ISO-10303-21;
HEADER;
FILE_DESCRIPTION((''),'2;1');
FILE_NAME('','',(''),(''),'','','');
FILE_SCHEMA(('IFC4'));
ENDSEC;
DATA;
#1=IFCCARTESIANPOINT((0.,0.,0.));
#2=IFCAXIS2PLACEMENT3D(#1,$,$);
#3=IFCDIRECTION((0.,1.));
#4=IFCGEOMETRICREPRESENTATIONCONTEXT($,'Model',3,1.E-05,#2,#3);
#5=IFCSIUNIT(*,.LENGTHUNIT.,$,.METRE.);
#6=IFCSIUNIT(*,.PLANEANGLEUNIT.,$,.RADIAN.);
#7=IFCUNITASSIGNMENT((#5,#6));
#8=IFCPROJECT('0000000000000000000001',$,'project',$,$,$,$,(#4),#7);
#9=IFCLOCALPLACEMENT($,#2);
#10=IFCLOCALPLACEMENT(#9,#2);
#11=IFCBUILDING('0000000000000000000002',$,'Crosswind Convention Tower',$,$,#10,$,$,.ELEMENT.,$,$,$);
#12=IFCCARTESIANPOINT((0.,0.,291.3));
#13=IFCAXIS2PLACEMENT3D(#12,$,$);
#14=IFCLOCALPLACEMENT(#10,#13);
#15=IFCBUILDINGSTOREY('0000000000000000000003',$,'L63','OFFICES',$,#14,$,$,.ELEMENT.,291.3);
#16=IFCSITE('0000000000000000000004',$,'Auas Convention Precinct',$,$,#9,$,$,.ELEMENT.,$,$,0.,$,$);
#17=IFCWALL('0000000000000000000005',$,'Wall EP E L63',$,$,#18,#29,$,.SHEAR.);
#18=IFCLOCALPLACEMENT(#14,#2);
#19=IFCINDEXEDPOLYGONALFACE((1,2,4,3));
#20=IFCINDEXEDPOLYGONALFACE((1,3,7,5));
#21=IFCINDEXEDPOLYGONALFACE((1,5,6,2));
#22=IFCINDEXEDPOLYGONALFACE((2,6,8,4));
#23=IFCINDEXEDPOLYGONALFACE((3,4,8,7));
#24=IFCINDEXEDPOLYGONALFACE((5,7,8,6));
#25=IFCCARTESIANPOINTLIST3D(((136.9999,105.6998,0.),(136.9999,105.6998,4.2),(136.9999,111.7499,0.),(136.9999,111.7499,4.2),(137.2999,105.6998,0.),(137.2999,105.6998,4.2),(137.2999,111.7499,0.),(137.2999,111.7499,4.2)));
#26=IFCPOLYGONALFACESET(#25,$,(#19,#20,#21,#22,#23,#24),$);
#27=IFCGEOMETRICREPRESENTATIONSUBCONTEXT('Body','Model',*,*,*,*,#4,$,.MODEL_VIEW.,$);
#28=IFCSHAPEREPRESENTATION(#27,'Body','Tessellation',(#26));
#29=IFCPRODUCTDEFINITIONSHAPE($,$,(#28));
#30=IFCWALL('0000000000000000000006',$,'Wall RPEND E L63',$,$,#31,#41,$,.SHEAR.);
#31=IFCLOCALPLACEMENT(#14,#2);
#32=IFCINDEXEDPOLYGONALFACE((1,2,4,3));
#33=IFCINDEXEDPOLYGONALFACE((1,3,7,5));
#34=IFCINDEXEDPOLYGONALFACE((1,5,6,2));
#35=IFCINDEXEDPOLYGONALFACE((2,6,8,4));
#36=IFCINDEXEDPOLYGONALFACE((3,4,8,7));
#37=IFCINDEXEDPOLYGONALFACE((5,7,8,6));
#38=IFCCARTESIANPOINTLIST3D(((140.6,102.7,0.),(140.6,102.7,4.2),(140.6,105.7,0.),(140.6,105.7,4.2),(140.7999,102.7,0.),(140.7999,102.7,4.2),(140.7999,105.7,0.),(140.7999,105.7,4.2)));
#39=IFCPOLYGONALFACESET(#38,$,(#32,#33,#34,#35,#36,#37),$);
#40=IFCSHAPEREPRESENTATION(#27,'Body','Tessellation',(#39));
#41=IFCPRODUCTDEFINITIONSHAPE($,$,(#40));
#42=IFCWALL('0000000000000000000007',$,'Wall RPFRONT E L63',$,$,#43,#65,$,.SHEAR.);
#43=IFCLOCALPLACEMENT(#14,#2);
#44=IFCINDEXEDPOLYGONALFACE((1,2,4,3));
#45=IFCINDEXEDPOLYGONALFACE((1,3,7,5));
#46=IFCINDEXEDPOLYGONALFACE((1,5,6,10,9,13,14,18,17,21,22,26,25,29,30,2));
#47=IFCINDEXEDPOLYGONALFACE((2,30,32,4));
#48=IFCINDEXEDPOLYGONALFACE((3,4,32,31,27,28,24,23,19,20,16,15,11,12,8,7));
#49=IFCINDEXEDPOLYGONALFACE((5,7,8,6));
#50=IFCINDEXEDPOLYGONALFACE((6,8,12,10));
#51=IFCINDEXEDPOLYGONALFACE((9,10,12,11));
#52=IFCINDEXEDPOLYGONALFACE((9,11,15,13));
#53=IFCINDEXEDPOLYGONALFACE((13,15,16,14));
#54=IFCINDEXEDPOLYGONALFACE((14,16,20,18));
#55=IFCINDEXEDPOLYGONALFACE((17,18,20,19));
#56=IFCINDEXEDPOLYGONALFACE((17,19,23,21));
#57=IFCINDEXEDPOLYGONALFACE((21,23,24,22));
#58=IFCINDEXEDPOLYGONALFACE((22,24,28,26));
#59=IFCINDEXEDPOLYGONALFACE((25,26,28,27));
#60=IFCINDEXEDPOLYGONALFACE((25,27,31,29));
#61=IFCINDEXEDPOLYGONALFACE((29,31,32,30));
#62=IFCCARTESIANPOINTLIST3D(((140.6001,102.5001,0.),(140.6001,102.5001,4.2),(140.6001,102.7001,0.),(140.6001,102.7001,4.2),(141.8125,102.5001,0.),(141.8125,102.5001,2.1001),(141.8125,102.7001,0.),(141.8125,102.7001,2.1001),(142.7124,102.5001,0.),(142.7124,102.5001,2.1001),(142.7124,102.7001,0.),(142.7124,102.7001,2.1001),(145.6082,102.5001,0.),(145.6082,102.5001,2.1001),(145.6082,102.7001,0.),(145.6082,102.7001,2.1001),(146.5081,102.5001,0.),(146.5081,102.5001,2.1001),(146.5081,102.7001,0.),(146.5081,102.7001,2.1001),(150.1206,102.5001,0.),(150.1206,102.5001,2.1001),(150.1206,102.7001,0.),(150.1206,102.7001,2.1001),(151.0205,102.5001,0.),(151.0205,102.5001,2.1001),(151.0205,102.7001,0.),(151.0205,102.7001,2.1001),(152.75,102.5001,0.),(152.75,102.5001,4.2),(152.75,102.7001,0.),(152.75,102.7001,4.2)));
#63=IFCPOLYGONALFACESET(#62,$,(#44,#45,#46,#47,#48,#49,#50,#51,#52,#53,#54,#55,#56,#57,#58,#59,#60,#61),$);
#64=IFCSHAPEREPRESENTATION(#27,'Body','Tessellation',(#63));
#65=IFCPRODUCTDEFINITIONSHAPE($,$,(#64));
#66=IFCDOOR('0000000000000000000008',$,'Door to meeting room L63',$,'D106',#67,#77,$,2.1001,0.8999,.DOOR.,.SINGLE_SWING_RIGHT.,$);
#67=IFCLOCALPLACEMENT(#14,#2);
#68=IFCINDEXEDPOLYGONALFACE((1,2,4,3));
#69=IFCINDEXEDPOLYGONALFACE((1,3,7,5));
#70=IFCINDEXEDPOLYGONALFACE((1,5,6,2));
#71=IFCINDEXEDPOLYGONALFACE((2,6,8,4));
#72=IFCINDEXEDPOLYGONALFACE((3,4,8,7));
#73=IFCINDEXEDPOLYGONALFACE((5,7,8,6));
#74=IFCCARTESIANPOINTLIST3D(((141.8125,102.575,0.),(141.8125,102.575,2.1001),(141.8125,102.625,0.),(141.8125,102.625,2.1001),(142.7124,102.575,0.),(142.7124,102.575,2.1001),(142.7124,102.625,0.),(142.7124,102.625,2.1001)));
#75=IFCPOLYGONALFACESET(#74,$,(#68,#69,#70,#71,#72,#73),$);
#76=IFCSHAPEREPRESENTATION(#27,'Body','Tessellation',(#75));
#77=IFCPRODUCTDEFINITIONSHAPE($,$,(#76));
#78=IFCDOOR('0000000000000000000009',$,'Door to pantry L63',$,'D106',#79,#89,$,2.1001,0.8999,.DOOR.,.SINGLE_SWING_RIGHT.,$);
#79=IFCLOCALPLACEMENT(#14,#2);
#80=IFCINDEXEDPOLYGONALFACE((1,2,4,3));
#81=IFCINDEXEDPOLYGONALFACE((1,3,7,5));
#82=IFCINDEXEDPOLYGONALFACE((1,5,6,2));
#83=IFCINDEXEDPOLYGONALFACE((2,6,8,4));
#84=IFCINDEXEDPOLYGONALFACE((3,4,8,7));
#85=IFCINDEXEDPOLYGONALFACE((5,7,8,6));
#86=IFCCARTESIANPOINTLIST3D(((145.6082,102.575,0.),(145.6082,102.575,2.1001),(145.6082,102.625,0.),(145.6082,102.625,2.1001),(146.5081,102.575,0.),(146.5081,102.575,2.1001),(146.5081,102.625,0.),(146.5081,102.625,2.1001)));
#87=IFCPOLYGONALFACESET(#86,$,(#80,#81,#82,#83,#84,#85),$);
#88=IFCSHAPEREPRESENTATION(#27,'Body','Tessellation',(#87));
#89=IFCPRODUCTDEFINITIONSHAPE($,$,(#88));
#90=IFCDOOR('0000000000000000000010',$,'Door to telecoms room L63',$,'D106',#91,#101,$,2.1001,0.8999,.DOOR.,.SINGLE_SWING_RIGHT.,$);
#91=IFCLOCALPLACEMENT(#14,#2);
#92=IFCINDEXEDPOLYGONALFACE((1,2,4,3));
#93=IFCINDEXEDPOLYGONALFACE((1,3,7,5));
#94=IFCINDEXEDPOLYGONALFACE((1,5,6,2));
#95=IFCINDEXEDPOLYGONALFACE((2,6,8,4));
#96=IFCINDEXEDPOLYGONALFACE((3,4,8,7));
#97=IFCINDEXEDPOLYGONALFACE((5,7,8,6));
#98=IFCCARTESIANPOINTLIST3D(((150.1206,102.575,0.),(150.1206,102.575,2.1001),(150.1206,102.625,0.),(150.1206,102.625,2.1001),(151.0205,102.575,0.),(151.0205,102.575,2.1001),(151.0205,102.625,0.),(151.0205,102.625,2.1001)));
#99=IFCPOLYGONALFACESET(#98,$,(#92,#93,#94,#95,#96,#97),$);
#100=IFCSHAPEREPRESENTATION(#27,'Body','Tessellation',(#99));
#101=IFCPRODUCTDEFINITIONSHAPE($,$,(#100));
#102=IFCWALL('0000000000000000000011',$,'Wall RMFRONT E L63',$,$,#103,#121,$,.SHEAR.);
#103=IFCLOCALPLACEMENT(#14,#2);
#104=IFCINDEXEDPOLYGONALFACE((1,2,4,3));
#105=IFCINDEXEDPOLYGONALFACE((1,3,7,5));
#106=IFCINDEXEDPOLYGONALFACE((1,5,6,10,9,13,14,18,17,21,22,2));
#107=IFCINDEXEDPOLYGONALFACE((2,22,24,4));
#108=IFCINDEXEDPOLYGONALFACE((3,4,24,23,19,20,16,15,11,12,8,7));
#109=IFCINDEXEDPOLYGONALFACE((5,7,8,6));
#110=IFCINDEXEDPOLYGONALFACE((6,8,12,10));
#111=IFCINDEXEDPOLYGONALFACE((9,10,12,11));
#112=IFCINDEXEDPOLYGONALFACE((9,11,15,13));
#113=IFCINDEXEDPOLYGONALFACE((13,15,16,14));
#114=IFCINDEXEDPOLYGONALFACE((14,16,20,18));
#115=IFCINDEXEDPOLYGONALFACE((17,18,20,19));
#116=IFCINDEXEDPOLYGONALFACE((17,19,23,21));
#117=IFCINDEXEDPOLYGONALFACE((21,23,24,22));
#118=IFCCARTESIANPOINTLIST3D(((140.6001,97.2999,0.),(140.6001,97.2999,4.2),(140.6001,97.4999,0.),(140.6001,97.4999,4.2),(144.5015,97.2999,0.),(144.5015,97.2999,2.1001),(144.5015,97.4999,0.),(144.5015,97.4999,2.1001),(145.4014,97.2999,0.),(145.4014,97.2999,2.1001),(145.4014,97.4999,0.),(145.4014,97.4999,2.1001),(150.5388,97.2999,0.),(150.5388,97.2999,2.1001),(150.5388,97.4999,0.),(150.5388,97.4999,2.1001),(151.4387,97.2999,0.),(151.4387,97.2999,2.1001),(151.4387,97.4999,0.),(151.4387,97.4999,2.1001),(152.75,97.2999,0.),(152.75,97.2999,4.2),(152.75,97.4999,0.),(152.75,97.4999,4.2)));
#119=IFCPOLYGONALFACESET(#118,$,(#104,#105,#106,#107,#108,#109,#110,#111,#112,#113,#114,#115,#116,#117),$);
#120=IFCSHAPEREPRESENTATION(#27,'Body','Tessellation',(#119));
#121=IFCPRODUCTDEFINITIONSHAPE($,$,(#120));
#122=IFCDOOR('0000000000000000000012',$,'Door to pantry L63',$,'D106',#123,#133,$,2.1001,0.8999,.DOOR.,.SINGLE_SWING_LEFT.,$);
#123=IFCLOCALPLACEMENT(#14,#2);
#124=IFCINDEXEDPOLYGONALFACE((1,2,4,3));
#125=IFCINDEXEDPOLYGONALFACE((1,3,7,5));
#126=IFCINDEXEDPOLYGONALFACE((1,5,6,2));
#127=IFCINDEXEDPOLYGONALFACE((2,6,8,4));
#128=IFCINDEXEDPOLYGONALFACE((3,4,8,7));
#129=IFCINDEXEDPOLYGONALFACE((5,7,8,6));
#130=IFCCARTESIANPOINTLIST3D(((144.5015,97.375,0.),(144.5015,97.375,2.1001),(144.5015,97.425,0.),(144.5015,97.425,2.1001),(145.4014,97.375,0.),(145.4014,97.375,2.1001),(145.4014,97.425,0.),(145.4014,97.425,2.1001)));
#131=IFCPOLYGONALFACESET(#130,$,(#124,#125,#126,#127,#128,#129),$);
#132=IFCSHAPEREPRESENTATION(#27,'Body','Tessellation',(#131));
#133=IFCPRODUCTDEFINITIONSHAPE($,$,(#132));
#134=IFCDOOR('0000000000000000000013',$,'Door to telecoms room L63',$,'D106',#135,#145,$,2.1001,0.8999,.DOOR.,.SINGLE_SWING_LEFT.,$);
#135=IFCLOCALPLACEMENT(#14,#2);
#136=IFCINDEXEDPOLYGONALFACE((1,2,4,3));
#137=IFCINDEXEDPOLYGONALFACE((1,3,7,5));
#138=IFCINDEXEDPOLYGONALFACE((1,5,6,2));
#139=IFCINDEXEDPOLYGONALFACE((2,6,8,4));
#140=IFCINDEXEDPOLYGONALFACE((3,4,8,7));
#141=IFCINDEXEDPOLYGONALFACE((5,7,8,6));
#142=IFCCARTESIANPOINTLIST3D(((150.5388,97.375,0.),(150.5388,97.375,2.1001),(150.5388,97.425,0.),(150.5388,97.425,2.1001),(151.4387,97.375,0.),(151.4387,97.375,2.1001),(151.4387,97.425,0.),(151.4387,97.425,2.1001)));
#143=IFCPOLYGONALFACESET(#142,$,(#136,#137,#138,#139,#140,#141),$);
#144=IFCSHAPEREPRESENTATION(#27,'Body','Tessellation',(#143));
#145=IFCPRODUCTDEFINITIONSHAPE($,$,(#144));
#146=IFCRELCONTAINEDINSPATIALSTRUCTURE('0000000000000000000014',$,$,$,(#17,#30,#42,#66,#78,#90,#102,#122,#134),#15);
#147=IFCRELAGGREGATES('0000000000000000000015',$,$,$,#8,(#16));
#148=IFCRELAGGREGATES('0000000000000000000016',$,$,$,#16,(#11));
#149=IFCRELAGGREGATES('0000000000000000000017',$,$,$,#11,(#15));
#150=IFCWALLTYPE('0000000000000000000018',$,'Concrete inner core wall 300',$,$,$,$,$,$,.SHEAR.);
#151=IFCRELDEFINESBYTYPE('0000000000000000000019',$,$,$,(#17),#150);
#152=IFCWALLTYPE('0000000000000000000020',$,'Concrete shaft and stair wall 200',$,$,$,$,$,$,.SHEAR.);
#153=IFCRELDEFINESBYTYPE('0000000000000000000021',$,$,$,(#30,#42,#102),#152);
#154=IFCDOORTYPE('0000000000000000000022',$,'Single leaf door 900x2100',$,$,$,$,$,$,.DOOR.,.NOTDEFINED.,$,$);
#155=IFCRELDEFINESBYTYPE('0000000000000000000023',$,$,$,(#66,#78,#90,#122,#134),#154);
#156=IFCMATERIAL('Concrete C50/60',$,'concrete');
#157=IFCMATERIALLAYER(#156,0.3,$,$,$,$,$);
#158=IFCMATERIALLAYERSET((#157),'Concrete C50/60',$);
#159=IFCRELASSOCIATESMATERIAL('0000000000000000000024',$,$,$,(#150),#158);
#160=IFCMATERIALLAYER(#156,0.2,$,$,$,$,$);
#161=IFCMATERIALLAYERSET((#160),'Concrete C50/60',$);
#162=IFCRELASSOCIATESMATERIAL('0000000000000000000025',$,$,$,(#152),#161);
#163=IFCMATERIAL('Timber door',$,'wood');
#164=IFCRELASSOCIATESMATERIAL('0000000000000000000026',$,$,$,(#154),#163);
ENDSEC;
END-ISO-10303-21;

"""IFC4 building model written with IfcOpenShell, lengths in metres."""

from ifc_helpers import new_model, si_unit, direction, frame, frame_2d, origin, place, context, subcontext, project, spatial, rectangle, extrude, material, layer, layer_set, type_object, element, fill, save


model = new_model("IFC4")

# Units and contexts
model_context = context("Model", 3, precision=1e-05, world=origin(), true_north=direction((0.0, 1.0)))
body_context = subcontext(model_context, "Body", "Model", "MODEL_VIEW")
ifc_project = project(units=[si_unit("LENGTHUNIT", "METRE"), si_unit("PLANEANGLEUNIT", "RADIAN")], contexts=[model_context])

# Site, building, storey
site_placement = place(None, origin())
site = spatial("IfcSite", under=ifc_project, at=site_placement, Name="Auas Convention Precinct", CompositionType="ELEMENT", RefElevation=0.0)
building_placement = place(site_placement, origin())
building = spatial("IfcBuilding", under=site, at=building_placement, Name="Crosswind Convention Tower", CompositionType="ELEMENT")
storey_placement = place(building_placement, frame((0.0, 0.0, 291.3)))
storey = spatial("IfcBuildingStorey", under=building, at=storey_placement, Name="L63", Description="OFFICES", CompositionType="ELEMENT", Elevation=291.3)

# Walls
ifc_material_1 = material(Name="Concrete C50/60", Category="concrete")
ifc_layer_1 = layer(ifc_material_1, 0.3)
ifc_layer_set_1 = layer_set([ifc_layer_1], Name="Concrete C50/60")
wall_type_1 = type_object("IfcWallType", Name="Concrete inner core wall 300", PredefinedType="SHEAR", material=ifc_layer_set_1)
wall_1_placement = place(storey_placement, frame((137.1499, 105.7, 0.0), z_axis=(0.0, 0.0, 1.0), x_axis=(0.0, 1.0, 0.0)))
element("IfcWall", 1, at=wall_1_placement, inside=storey, type_object=wall_type_1, Name="Wall EP E L63", PredefinedType="SHEAR", context=body_context, shape_type="SweptSolid", body=[
    extrude(rectangle(XDim=6.05, YDim=0.3, at=frame_2d((3.0249, 0.0))), origin(), (0.0, 0.0, 1.0), 4.2),
])
ifc_layer_2 = layer(ifc_material_1, 0.2)
ifc_layer_set_2 = layer_set([ifc_layer_2], Name="Concrete C50/60")
wall_type_2 = type_object("IfcWallType", Name="Concrete shaft and stair wall 200", PredefinedType="SHEAR", material=ifc_layer_set_2)
wall_2_placement = place(storey_placement, frame((140.7, 102.7, 0.0), z_axis=(0.0, 0.0, 1.0), x_axis=(0.0, 1.0, 0.0)))
element("IfcWall", 2, at=wall_2_placement, inside=storey, type_object=wall_type_2, Name="Wall RPEND E L63", PredefinedType="SHEAR", context=body_context, shape_type="SweptSolid", body=[
    extrude(rectangle(XDim=3.0, YDim=0.2, at=frame_2d((1.5, 0.0))), origin(), (0.0, 0.0, 1.0), 4.2),
])

# Walls, openings, doors
wall_3_placement = place(storey_placement, frame((140.6001, 102.6001, 0.0), z_axis=(0.0, 0.0, 1.0), x_axis=(1.0, 0.0, 0.0)))
wall_3 = element("IfcWall", 3, at=wall_3_placement, inside=storey, type_object=wall_type_2, Name="Wall RPFRONT E L63", PredefinedType="SHEAR", context=body_context, shape_type="SweptSolid", body=[
    extrude(rectangle(XDim=12.1499, YDim=0.2, at=frame_2d((6.075, 0.0))), origin(), (0.0, 0.0, 1.0), 4.2),
])
opening_1_placement = place(wall_3_placement, frame((1.2124, 0.0, 0.0)))
opening_1 = element("IfcOpeningElement", 4, at=opening_1_placement, cuts=wall_3, PredefinedType="OPENING", context=body_context, shape_type="SweptSolid", body=[
    extrude(rectangle(XDim=0.8999, YDim=2.1001, at=frame_2d((0.45, 1.05))), frame((0.0, 0.1099, 0.0), z_axis=(0.0, -1.0, 0.0), x_axis=(1.0, 0.0, 0.0)), (0.0, 0.0, 1.0), 0.22),
])
opening_2_placement = place(wall_3_placement, frame((5.0081, 0.0, 0.0)))
opening_2 = element("IfcOpeningElement", 5, at=opening_2_placement, cuts=wall_3, PredefinedType="OPENING", context=body_context, shape_type="SweptSolid", body=[
    extrude(rectangle(XDim=0.8999, YDim=2.1001, at=frame_2d((0.45, 1.05))), frame((0.0, 0.1099, 0.0), z_axis=(0.0, -1.0, 0.0), x_axis=(1.0, 0.0, 0.0)), (0.0, 0.0, 1.0), 0.22),
])
opening_3_placement = place(wall_3_placement, frame((9.5205, 0.0, 0.0)))
opening_3 = element("IfcOpeningElement", 6, at=opening_3_placement, cuts=wall_3, PredefinedType="OPENING", context=body_context, shape_type="SweptSolid", body=[
    extrude(rectangle(XDim=0.8999, YDim=2.1001, at=frame_2d((0.45, 1.05))), frame((0.0, 0.1099, 0.0), z_axis=(0.0, -1.0, 0.0), x_axis=(1.0, 0.0, 0.0)), (0.0, 0.0, 1.0), 0.22),
])
ifc_material_2 = material(Name="Timber door", Category="wood")
door_type_1 = type_object("IfcDoorType", Name="Single leaf door 900x2100", OperationType="NOTDEFINED", PredefinedType="DOOR", material=ifc_material_2)
door_1_placement = place(opening_1_placement, origin())
door_1 = element("IfcDoor", 7, at=door_1_placement, inside=storey, type_object=door_type_1, Name="Door to meeting room L63", ObjectType="D106", OperationType="SINGLE_SWING_RIGHT", OverallHeight=2.1001, OverallWidth=0.8999, PredefinedType="DOOR", context=body_context, shape_type="SweptSolid", body=[
    extrude(rectangle(XDim=0.8999, YDim=2.1001, at=frame_2d((0.45, 1.05))), frame((0.0, 0.0249, 0.0), z_axis=(0.0, -1.0, 0.0), x_axis=(1.0, 0.0, 0.0)), (0.0, 0.0, 1.0), 0.05),
])
fill(opening_1, door_1)
door_2_placement = place(opening_2_placement, origin())
door_2 = element("IfcDoor", 8, at=door_2_placement, inside=storey, type_object=door_type_1, Name="Door to pantry L63", ObjectType="D106", OperationType="SINGLE_SWING_RIGHT", OverallHeight=2.1001, OverallWidth=0.8999, PredefinedType="DOOR", context=body_context, shape_type="SweptSolid", body=[
    extrude(rectangle(XDim=0.8999, YDim=2.1001, at=frame_2d((0.45, 1.05))), frame((0.0, 0.0249, 0.0), z_axis=(0.0, -1.0, 0.0), x_axis=(1.0, 0.0, 0.0)), (0.0, 0.0, 1.0), 0.05),
])
fill(opening_2, door_2)
door_3_placement = place(opening_3_placement, origin())
door_3 = element("IfcDoor", 9, at=door_3_placement, inside=storey, type_object=door_type_1, Name="Door to telecoms room L63", ObjectType="D106", OperationType="SINGLE_SWING_RIGHT", OverallHeight=2.1001, OverallWidth=0.8999, PredefinedType="DOOR", context=body_context, shape_type="SweptSolid", body=[
    extrude(rectangle(XDim=0.8999, YDim=2.1001, at=frame_2d((0.45, 1.05))), frame((0.0, 0.0249, 0.0), z_axis=(0.0, -1.0, 0.0), x_axis=(1.0, 0.0, 0.0)), (0.0, 0.0, 1.0), 0.05),
])
fill(opening_3, door_3)
wall_4_placement = place(storey_placement, frame((140.6001, 97.3999, 0.0), z_axis=(0.0, 0.0, 1.0), x_axis=(1.0, 0.0, 0.0)))
wall_4 = element("IfcWall", 10, at=wall_4_placement, inside=storey, type_object=wall_type_2, Name="Wall RMFRONT E L63", PredefinedType="SHEAR", context=body_context, shape_type="SweptSolid", body=[
    extrude(rectangle(XDim=12.1499, YDim=0.2, at=frame_2d((6.075, 0.0))), origin(), (0.0, 0.0, 1.0), 4.2),
])
opening_4_placement = place(wall_4_placement, frame((3.9014, 0.0, 0.0)))
opening_4 = element("IfcOpeningElement", 11, at=opening_4_placement, cuts=wall_4, PredefinedType="OPENING", context=body_context, shape_type="SweptSolid", body=[
    extrude(rectangle(XDim=0.8999, YDim=2.1001, at=frame_2d((0.45, 1.05))), frame((0.0, 0.1099, 0.0), z_axis=(0.0, -1.0, 0.0), x_axis=(1.0, 0.0, 0.0)), (0.0, 0.0, 1.0), 0.22),
])
opening_5_placement = place(wall_4_placement, frame((9.9387, 0.0, 0.0)))
opening_5 = element("IfcOpeningElement", 12, at=opening_5_placement, cuts=wall_4, PredefinedType="OPENING", context=body_context, shape_type="SweptSolid", body=[
    extrude(rectangle(XDim=0.8999, YDim=2.1001, at=frame_2d((0.45, 1.05))), frame((0.0, 0.1099, 0.0), z_axis=(0.0, -1.0, 0.0), x_axis=(1.0, 0.0, 0.0)), (0.0, 0.0, 1.0), 0.22),
])
door_4_placement = place(opening_4_placement, frame((0.8999, 0.0, 0.0), z_axis=(0.0, 0.0, 1.0), x_axis=(-1.0, 0.0, 0.0)))
door_4 = element("IfcDoor", 13, at=door_4_placement, inside=storey, type_object=door_type_1, Name="Door to pantry L63", ObjectType="D106", OperationType="SINGLE_SWING_LEFT", OverallHeight=2.1001, OverallWidth=0.8999, PredefinedType="DOOR", context=body_context, shape_type="SweptSolid", body=[
    extrude(rectangle(XDim=0.8999, YDim=2.1001, at=frame_2d((0.45, 1.05))), frame((0.0, 0.0249, 0.0), z_axis=(0.0, -1.0, 0.0), x_axis=(1.0, 0.0, 0.0)), (0.0, 0.0, 1.0), 0.05),
])
fill(opening_4, door_4)
door_5_placement = place(opening_5_placement, frame((0.8999, 0.0, 0.0), z_axis=(0.0, 0.0, 1.0), x_axis=(-1.0, 0.0, 0.0)))
door_5 = element("IfcDoor", 14, at=door_5_placement, inside=storey, type_object=door_type_1, Name="Door to telecoms room L63", ObjectType="D106", OperationType="SINGLE_SWING_LEFT", OverallHeight=2.1001, OverallWidth=0.8999, PredefinedType="DOOR", context=body_context, shape_type="SweptSolid", body=[
    extrude(rectangle(XDim=0.8999, YDim=2.1001, at=frame_2d((0.45, 1.05))), frame((0.0, 0.0249, 0.0), z_axis=(0.0, -1.0, 0.0), x_axis=(1.0, 0.0, 0.0)), (0.0, 0.0, 1.0), 0.05),
])
fill(opening_5, door_5)

save(model, "model.ifc")
